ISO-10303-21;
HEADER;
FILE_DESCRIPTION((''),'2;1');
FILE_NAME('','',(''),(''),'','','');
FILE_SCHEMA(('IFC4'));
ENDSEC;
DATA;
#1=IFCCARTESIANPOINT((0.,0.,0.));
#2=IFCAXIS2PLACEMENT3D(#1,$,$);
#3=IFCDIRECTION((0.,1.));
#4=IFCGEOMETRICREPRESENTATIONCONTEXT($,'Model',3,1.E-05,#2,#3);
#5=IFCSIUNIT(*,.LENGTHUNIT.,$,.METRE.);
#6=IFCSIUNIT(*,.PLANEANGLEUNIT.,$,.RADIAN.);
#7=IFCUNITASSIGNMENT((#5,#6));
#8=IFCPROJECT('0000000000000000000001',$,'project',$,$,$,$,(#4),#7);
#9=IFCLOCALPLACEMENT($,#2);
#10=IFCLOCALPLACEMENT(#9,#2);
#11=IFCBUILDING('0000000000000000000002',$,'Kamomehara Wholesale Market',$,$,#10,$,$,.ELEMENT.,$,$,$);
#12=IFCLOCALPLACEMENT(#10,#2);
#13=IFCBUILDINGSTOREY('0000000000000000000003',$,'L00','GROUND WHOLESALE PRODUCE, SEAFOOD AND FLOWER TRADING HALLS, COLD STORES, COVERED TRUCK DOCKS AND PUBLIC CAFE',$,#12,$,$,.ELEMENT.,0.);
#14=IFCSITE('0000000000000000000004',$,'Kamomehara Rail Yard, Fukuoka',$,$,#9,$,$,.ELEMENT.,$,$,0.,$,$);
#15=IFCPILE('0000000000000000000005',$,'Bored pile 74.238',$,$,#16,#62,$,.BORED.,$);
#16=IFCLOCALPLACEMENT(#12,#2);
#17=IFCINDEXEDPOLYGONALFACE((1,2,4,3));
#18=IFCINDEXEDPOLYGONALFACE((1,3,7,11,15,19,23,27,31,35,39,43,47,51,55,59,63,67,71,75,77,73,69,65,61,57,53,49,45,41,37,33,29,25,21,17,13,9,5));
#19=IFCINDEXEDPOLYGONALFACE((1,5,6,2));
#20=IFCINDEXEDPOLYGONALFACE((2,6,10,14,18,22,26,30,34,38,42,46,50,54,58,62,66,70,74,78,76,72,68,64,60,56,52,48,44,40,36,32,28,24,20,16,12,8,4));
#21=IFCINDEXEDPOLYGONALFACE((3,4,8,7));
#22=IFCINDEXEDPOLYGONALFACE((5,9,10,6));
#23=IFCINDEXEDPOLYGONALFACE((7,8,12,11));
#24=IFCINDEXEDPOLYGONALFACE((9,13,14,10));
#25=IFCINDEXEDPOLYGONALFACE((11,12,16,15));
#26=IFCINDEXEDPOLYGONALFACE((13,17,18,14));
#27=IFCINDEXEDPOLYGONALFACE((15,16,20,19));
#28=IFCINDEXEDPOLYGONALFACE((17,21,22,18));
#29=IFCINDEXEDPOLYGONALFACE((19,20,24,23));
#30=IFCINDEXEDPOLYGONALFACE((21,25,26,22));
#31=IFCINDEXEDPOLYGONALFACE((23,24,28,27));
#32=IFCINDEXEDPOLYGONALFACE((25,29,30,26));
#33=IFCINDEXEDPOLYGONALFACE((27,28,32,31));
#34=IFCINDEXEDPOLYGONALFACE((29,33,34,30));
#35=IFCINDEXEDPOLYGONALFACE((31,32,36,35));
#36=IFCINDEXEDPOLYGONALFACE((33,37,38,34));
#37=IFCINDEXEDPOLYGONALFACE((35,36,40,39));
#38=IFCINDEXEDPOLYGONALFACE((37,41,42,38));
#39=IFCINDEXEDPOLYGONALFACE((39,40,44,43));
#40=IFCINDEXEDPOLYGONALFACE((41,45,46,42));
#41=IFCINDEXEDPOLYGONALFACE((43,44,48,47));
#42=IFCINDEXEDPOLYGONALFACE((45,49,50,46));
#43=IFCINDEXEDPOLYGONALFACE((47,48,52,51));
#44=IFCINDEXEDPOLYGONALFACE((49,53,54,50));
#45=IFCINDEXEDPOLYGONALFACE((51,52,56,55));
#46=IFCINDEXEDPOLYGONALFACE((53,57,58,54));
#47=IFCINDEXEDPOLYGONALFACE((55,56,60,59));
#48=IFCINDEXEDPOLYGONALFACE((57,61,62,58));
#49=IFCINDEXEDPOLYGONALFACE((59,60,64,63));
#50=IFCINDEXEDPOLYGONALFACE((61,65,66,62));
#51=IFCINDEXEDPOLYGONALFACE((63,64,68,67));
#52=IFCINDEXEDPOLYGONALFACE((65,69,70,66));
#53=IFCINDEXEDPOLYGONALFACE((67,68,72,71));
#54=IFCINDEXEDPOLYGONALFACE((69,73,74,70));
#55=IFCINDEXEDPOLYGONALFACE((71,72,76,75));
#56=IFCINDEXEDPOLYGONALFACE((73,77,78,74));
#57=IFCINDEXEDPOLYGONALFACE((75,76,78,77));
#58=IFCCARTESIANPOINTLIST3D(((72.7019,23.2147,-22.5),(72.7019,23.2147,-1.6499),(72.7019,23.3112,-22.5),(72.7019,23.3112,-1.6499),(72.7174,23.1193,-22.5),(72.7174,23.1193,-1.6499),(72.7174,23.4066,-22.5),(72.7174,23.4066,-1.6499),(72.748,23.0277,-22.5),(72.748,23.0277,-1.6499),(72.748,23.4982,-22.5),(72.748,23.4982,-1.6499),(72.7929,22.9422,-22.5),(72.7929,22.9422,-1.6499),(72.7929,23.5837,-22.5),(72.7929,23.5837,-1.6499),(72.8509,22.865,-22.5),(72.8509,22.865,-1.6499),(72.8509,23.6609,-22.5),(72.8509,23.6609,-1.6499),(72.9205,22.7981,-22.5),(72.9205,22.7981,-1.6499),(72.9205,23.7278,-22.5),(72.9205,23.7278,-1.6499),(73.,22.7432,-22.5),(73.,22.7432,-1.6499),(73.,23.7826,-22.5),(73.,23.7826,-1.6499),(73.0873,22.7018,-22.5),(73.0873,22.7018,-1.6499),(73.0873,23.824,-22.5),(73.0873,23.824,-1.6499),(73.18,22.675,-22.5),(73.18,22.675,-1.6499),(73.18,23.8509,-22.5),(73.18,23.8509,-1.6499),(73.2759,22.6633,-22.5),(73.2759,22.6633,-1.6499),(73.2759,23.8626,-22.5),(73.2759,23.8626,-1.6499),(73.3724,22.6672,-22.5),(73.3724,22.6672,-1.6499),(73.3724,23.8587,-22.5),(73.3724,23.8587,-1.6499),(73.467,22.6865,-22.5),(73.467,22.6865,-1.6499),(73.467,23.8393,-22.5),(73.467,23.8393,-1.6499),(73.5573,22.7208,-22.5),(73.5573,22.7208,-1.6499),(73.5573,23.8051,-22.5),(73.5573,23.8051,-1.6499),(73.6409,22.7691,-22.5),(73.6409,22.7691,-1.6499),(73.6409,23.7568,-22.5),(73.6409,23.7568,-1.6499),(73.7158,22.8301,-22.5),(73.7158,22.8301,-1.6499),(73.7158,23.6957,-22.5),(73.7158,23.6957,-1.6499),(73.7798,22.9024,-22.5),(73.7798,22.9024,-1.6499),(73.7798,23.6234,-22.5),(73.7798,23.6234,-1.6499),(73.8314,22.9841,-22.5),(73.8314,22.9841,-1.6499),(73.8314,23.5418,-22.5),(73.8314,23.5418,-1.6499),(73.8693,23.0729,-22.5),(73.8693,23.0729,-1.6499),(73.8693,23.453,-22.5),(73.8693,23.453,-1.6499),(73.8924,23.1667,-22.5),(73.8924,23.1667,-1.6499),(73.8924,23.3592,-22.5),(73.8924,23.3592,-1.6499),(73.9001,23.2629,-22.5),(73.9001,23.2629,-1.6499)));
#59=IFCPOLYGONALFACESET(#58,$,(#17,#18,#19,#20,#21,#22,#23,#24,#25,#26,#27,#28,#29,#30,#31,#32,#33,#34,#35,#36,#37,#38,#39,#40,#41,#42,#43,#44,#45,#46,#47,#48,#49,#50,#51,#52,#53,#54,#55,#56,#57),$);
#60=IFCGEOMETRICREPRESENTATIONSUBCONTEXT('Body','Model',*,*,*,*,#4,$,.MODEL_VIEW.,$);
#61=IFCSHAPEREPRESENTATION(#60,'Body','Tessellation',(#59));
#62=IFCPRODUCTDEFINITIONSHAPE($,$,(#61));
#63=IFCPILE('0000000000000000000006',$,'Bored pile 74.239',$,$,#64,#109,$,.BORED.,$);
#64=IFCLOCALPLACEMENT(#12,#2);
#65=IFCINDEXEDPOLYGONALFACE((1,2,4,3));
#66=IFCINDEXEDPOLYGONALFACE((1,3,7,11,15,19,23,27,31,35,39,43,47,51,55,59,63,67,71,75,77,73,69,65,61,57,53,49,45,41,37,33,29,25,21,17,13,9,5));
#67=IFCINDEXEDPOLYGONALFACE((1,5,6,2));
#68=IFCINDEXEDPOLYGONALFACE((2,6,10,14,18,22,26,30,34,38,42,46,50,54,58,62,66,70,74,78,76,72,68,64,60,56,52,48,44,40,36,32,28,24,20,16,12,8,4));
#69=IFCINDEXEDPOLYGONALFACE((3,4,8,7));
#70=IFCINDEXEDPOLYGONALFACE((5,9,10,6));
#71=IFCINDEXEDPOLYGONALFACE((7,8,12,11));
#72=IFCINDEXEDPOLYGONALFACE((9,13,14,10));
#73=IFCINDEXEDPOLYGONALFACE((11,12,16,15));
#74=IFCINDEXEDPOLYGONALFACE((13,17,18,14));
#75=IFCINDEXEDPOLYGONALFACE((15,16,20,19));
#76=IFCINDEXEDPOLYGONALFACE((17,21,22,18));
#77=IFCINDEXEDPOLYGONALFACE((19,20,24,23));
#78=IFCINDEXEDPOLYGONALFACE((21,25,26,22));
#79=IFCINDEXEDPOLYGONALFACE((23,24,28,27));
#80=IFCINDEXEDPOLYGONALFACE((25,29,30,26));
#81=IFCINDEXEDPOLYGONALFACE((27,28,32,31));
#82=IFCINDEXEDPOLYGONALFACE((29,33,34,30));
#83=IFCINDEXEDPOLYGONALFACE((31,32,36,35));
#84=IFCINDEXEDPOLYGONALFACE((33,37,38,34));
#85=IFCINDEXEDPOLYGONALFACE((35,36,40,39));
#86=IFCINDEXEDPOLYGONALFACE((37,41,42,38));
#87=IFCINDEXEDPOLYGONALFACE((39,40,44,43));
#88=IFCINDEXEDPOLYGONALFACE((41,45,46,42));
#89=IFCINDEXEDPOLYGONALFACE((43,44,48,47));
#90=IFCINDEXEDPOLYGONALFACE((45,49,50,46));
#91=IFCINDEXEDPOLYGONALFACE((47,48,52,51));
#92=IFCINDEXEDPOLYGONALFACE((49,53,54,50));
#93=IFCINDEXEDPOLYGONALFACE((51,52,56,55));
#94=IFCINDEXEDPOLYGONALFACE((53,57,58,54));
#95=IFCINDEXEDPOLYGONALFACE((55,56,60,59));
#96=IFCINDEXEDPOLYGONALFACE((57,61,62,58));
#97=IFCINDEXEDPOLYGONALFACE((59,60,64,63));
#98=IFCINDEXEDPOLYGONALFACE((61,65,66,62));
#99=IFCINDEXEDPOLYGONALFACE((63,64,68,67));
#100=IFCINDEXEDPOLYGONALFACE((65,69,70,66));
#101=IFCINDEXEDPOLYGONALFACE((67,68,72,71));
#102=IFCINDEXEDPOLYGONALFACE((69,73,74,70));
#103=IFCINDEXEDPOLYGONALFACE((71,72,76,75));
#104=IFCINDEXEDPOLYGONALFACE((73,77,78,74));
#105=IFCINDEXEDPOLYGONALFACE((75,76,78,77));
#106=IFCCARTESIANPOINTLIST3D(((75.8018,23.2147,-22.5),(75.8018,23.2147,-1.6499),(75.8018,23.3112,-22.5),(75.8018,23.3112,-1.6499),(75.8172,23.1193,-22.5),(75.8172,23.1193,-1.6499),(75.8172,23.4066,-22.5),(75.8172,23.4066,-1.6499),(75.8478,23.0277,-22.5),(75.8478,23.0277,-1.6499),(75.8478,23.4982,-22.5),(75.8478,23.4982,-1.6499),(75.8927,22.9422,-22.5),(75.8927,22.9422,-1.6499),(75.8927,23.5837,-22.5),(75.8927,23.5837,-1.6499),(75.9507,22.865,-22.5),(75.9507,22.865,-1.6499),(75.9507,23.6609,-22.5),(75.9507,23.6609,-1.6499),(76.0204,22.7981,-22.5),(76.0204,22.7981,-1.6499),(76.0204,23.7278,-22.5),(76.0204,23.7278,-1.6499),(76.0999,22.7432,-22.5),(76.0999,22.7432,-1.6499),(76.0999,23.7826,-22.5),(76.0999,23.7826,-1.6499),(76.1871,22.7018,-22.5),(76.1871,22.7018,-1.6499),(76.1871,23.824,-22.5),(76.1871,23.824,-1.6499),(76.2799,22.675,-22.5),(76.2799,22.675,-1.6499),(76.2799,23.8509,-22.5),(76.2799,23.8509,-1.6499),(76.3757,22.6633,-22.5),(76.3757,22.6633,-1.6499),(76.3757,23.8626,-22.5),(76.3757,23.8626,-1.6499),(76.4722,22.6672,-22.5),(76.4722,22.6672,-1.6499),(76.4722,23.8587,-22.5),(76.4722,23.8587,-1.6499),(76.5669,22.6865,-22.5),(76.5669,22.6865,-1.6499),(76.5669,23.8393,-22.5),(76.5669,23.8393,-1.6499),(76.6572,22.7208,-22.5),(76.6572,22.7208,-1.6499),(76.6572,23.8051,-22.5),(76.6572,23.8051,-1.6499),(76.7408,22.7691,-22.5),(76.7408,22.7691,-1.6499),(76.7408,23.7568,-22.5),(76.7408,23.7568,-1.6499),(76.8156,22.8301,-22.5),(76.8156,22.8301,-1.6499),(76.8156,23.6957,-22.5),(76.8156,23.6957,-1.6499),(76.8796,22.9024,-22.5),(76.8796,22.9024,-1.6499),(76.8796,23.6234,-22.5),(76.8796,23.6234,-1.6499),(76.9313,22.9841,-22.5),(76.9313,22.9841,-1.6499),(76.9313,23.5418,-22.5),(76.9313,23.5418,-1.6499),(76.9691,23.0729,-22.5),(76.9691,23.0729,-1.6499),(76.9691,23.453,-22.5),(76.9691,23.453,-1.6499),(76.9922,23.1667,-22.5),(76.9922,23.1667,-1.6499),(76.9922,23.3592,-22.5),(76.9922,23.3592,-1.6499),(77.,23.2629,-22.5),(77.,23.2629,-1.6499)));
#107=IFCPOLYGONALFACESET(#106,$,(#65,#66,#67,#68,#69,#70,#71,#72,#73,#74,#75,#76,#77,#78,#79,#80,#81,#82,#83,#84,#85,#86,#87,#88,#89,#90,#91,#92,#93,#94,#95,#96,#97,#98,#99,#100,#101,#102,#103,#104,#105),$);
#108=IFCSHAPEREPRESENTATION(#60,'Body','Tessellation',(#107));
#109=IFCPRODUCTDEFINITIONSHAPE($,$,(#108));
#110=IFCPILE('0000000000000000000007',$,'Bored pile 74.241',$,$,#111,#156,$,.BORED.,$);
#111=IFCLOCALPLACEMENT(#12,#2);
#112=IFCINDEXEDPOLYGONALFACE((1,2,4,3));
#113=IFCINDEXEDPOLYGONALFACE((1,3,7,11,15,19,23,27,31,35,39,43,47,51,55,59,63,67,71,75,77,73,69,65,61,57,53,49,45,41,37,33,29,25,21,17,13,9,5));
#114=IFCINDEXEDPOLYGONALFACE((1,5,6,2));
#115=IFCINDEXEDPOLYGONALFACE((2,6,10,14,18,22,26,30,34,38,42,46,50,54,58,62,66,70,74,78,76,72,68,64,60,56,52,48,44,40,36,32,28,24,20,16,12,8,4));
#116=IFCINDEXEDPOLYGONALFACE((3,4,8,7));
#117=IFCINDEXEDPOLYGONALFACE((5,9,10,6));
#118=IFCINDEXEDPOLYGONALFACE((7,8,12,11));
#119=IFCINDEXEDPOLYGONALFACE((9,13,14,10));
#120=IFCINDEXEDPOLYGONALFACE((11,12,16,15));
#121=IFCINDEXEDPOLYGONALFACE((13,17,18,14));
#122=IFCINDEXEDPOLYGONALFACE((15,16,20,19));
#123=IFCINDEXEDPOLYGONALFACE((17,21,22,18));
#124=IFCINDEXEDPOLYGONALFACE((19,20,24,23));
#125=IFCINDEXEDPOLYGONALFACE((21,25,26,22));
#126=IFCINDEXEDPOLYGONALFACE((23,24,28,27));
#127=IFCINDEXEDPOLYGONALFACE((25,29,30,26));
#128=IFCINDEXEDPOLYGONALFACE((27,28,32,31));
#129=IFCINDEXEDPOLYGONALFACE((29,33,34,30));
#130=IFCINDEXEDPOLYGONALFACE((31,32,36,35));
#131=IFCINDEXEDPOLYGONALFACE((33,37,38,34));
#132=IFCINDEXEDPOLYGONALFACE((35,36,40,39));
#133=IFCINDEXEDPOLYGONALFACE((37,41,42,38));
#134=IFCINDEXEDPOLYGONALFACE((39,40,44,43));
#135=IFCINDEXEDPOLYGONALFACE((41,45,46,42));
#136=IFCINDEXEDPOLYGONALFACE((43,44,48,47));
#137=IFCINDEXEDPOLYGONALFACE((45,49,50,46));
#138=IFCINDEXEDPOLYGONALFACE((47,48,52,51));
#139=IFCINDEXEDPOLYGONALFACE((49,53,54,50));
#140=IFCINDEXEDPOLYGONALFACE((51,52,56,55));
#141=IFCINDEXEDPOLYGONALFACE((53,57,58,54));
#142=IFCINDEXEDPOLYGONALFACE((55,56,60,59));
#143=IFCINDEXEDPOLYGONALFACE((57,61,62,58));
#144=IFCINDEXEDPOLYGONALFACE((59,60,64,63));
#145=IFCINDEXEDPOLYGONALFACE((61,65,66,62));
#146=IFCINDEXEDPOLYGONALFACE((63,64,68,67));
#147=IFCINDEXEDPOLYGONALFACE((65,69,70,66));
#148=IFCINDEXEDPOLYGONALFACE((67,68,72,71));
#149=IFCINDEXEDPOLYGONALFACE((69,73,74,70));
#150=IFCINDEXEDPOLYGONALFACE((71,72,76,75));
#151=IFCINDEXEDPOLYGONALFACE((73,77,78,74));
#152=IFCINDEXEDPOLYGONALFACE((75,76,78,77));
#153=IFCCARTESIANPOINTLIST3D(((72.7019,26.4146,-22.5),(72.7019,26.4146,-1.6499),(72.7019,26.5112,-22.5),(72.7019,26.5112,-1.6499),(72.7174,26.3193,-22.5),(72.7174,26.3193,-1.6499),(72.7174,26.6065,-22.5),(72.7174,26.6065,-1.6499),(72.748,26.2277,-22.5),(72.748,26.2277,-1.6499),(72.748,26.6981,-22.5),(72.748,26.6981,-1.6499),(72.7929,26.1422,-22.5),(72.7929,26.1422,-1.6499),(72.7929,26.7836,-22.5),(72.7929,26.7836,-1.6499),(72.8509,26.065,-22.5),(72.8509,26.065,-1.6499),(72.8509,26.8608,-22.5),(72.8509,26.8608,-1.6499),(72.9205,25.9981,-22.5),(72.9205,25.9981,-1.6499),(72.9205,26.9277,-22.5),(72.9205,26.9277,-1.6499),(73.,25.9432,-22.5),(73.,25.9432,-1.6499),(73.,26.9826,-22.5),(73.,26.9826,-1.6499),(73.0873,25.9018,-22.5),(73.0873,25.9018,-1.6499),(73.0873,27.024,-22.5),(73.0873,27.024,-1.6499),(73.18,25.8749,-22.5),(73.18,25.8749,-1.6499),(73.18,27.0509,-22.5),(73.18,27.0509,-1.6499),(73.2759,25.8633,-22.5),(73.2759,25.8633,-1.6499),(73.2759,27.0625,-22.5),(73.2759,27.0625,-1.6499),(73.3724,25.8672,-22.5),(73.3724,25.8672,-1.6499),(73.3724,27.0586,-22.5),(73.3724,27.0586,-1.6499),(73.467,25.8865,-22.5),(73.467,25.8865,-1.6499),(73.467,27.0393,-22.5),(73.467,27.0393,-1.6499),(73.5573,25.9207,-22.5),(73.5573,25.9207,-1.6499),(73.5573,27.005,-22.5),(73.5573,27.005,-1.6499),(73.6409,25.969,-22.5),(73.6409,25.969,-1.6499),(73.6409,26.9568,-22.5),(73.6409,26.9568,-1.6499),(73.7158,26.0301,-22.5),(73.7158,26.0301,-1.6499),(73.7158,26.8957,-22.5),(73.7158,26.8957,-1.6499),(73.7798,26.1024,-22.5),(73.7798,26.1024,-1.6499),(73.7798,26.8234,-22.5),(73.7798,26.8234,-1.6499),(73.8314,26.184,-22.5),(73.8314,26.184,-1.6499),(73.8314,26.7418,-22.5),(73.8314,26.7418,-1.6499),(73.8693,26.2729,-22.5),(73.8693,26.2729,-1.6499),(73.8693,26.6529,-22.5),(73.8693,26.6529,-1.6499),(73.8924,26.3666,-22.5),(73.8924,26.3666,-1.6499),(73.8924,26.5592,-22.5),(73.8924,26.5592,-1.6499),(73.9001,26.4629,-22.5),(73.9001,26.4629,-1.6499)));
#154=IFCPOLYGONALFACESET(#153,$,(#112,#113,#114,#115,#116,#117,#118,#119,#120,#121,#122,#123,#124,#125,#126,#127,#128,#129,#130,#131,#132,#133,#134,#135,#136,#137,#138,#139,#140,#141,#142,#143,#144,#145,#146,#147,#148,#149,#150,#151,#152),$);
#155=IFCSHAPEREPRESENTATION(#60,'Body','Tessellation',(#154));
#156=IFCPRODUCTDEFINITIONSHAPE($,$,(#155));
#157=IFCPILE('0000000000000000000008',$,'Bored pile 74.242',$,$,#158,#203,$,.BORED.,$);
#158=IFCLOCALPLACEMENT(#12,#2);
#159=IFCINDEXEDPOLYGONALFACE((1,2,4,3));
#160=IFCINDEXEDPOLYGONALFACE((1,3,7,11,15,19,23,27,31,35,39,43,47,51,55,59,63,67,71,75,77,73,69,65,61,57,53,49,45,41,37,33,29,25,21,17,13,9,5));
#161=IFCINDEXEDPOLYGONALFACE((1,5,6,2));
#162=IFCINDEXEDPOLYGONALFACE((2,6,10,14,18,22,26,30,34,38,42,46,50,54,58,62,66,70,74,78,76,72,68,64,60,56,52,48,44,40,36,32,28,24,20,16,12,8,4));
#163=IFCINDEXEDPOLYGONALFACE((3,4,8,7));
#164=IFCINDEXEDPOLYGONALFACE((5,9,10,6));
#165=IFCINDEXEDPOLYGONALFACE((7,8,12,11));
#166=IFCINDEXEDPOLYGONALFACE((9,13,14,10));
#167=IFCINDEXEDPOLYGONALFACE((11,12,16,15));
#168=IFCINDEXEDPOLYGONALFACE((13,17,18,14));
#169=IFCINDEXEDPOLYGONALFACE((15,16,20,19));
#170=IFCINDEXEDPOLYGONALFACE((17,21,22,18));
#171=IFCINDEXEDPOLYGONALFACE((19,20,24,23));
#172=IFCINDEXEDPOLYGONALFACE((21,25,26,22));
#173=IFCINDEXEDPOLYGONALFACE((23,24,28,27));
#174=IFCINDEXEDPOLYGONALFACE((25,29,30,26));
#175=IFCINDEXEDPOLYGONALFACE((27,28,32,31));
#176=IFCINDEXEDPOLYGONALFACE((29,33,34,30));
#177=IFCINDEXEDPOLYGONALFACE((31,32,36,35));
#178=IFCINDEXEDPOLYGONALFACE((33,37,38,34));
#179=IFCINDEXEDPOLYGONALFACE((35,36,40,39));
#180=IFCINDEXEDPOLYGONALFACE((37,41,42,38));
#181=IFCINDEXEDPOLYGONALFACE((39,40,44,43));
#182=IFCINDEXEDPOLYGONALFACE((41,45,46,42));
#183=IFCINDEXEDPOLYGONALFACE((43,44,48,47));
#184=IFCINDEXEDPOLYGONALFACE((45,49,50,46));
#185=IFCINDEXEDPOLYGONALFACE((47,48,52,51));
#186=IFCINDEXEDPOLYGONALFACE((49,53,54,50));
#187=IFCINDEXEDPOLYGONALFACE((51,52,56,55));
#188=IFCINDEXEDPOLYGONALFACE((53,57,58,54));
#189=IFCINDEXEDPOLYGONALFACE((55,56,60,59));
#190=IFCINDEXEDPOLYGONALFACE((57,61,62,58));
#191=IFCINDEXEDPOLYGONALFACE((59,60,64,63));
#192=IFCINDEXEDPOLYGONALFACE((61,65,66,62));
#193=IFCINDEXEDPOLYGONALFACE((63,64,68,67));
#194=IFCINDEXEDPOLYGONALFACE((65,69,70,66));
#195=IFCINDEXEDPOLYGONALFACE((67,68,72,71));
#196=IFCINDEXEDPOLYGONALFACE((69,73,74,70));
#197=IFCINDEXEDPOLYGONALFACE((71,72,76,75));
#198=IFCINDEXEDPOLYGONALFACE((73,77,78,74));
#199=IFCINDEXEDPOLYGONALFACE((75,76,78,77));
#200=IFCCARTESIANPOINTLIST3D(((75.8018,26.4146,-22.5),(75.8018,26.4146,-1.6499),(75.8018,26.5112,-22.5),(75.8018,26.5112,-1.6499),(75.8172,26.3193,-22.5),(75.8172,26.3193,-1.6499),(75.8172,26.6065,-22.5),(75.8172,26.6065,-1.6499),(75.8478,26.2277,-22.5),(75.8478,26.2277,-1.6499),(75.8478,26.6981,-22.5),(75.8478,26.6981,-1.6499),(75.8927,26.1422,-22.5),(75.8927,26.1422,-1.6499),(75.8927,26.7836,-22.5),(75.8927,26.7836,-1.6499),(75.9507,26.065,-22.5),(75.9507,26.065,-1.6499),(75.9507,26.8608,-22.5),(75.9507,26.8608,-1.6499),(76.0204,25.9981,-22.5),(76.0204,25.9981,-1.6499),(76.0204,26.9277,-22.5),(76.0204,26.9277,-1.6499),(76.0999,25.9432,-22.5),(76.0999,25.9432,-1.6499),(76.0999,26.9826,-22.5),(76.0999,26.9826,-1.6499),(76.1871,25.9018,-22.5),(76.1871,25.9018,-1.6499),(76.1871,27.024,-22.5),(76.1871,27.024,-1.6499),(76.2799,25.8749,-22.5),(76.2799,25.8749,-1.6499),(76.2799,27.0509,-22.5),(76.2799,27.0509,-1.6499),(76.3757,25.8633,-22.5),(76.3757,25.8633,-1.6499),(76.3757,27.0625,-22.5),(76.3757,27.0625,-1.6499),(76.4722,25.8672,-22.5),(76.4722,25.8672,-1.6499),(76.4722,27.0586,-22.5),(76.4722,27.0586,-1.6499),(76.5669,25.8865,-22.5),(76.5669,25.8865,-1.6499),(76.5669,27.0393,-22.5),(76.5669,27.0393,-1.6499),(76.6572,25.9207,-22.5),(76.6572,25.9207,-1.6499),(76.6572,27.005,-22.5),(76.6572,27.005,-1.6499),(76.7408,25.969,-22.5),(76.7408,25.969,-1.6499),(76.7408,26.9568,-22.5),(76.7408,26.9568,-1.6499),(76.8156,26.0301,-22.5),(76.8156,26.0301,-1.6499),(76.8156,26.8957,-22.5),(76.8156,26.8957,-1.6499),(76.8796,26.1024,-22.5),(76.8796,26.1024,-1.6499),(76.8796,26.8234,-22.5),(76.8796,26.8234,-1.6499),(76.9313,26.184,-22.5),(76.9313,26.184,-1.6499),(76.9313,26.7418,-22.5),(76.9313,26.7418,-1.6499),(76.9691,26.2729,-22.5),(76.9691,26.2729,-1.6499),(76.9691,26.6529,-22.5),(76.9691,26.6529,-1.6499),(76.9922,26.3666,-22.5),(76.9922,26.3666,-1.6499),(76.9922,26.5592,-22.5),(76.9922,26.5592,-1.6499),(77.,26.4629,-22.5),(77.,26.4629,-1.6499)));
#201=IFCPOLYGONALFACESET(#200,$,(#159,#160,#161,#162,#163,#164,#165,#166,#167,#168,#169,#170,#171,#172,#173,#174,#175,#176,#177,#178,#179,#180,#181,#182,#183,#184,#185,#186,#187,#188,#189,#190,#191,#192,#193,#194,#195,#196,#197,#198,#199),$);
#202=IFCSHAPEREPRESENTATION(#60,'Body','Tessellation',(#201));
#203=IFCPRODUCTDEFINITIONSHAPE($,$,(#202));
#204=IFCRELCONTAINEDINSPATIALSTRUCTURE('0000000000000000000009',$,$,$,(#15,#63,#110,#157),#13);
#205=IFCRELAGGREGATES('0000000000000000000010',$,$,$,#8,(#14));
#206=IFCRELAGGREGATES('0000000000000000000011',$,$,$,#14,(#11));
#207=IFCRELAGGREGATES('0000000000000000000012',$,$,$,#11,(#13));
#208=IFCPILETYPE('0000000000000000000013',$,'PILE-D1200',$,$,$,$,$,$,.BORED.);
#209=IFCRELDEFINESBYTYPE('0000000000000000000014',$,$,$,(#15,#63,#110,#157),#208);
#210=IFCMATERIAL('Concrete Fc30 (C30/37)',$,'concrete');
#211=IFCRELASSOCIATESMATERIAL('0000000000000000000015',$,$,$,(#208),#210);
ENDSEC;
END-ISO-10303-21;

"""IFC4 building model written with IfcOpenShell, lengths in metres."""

from ifc_helpers import new_model, si_unit, direction, frame, origin, origin_2d, place, context, subcontext, project, spatial, circle, extrude, material, material_profile, profile_set, type_object, element, save


model = new_model("IFC4")

# Units and contexts
model_context = context("Model", 3, precision=1e-05, world=origin(), true_north=direction((0.0, 1.0)))
body_context = subcontext(model_context, "Body", "Model", "MODEL_VIEW")
ifc_project = project(units=[si_unit("LENGTHUNIT", "METRE"), si_unit("PLANEANGLEUNIT", "RADIAN")], contexts=[model_context])

# Site, building, storey
site_placement = place(None, origin())
site = spatial("IfcSite", under=ifc_project, at=site_placement, Name="Kamomehara Rail Yard, Fukuoka", CompositionType="ELEMENT", RefElevation=0.0)
building_placement = place(site_placement, origin())
building = spatial("IfcBuilding", under=site, at=building_placement, Name="Kamomehara Wholesale Market", CompositionType="ELEMENT")
storey_placement = place(building_placement, origin())
storey = spatial("IfcBuildingStorey", under=building, at=storey_placement, Name="L00", Description="GROUND WHOLESALE PRODUCE, SEAFOOD AND FLOWER TRADING HALLS, COLD STORES, COVERED TRUCK DOCKS AND PUBLIC CAFE", CompositionType="ELEMENT", Elevation=0.0)

# Piles
ifc_material_1 = material(Name="Concrete Fc30 (C30/37)", Category="concrete")
ifc_material_profile_1 = material_profile(ifc_material_1, circle(Radius=0.6001, at=origin_2d()), Name="RC-PILE-D1200")
ifc_profile_set_1 = profile_set([ifc_material_profile_1], Name="Concrete Fc30 (C30/37)")
pile_type_1 = type_object("IfcPileType", Name="PILE-D1200", PredefinedType="BORED", material=ifc_profile_set_1)
for number, where, z_axis, x_axis, name in (
    (1, (73.3, 23.2629, -1.6499), (0.0, 0.0, -1.0), (1.0, 0.0, 0.0), "Bored pile 74.238"),
    (2, (76.3999, 23.2629, -1.6499), (0.0, 0.0, -1.0), (1.0, 0.0, 0.0), "Bored pile 74.239"),
    (3, (73.3, 26.4629, -1.6499), (0.0, 0.0, -1.0), (1.0, 0.0, 0.0), "Bored pile 74.241"),
    (4, (76.3999, 26.4629, -1.6499), (0.0, 0.0, -1.0), (1.0, 0.0, 0.0), "Bored pile 74.242"),
):
    element("IfcPile", number, at=place(storey_placement, frame(where, z_axis=z_axis, x_axis=x_axis)), inside=storey, type_object=pile_type_1, Name=name, PredefinedType="BORED", context=body_context, shape_type="SweptSolid", body=[
        extrude(circle(Radius=0.6001, at=origin_2d()), origin(), (0.0, 0.0, 1.0), 20.8501),
    ])

save(model, "model.ifc")
